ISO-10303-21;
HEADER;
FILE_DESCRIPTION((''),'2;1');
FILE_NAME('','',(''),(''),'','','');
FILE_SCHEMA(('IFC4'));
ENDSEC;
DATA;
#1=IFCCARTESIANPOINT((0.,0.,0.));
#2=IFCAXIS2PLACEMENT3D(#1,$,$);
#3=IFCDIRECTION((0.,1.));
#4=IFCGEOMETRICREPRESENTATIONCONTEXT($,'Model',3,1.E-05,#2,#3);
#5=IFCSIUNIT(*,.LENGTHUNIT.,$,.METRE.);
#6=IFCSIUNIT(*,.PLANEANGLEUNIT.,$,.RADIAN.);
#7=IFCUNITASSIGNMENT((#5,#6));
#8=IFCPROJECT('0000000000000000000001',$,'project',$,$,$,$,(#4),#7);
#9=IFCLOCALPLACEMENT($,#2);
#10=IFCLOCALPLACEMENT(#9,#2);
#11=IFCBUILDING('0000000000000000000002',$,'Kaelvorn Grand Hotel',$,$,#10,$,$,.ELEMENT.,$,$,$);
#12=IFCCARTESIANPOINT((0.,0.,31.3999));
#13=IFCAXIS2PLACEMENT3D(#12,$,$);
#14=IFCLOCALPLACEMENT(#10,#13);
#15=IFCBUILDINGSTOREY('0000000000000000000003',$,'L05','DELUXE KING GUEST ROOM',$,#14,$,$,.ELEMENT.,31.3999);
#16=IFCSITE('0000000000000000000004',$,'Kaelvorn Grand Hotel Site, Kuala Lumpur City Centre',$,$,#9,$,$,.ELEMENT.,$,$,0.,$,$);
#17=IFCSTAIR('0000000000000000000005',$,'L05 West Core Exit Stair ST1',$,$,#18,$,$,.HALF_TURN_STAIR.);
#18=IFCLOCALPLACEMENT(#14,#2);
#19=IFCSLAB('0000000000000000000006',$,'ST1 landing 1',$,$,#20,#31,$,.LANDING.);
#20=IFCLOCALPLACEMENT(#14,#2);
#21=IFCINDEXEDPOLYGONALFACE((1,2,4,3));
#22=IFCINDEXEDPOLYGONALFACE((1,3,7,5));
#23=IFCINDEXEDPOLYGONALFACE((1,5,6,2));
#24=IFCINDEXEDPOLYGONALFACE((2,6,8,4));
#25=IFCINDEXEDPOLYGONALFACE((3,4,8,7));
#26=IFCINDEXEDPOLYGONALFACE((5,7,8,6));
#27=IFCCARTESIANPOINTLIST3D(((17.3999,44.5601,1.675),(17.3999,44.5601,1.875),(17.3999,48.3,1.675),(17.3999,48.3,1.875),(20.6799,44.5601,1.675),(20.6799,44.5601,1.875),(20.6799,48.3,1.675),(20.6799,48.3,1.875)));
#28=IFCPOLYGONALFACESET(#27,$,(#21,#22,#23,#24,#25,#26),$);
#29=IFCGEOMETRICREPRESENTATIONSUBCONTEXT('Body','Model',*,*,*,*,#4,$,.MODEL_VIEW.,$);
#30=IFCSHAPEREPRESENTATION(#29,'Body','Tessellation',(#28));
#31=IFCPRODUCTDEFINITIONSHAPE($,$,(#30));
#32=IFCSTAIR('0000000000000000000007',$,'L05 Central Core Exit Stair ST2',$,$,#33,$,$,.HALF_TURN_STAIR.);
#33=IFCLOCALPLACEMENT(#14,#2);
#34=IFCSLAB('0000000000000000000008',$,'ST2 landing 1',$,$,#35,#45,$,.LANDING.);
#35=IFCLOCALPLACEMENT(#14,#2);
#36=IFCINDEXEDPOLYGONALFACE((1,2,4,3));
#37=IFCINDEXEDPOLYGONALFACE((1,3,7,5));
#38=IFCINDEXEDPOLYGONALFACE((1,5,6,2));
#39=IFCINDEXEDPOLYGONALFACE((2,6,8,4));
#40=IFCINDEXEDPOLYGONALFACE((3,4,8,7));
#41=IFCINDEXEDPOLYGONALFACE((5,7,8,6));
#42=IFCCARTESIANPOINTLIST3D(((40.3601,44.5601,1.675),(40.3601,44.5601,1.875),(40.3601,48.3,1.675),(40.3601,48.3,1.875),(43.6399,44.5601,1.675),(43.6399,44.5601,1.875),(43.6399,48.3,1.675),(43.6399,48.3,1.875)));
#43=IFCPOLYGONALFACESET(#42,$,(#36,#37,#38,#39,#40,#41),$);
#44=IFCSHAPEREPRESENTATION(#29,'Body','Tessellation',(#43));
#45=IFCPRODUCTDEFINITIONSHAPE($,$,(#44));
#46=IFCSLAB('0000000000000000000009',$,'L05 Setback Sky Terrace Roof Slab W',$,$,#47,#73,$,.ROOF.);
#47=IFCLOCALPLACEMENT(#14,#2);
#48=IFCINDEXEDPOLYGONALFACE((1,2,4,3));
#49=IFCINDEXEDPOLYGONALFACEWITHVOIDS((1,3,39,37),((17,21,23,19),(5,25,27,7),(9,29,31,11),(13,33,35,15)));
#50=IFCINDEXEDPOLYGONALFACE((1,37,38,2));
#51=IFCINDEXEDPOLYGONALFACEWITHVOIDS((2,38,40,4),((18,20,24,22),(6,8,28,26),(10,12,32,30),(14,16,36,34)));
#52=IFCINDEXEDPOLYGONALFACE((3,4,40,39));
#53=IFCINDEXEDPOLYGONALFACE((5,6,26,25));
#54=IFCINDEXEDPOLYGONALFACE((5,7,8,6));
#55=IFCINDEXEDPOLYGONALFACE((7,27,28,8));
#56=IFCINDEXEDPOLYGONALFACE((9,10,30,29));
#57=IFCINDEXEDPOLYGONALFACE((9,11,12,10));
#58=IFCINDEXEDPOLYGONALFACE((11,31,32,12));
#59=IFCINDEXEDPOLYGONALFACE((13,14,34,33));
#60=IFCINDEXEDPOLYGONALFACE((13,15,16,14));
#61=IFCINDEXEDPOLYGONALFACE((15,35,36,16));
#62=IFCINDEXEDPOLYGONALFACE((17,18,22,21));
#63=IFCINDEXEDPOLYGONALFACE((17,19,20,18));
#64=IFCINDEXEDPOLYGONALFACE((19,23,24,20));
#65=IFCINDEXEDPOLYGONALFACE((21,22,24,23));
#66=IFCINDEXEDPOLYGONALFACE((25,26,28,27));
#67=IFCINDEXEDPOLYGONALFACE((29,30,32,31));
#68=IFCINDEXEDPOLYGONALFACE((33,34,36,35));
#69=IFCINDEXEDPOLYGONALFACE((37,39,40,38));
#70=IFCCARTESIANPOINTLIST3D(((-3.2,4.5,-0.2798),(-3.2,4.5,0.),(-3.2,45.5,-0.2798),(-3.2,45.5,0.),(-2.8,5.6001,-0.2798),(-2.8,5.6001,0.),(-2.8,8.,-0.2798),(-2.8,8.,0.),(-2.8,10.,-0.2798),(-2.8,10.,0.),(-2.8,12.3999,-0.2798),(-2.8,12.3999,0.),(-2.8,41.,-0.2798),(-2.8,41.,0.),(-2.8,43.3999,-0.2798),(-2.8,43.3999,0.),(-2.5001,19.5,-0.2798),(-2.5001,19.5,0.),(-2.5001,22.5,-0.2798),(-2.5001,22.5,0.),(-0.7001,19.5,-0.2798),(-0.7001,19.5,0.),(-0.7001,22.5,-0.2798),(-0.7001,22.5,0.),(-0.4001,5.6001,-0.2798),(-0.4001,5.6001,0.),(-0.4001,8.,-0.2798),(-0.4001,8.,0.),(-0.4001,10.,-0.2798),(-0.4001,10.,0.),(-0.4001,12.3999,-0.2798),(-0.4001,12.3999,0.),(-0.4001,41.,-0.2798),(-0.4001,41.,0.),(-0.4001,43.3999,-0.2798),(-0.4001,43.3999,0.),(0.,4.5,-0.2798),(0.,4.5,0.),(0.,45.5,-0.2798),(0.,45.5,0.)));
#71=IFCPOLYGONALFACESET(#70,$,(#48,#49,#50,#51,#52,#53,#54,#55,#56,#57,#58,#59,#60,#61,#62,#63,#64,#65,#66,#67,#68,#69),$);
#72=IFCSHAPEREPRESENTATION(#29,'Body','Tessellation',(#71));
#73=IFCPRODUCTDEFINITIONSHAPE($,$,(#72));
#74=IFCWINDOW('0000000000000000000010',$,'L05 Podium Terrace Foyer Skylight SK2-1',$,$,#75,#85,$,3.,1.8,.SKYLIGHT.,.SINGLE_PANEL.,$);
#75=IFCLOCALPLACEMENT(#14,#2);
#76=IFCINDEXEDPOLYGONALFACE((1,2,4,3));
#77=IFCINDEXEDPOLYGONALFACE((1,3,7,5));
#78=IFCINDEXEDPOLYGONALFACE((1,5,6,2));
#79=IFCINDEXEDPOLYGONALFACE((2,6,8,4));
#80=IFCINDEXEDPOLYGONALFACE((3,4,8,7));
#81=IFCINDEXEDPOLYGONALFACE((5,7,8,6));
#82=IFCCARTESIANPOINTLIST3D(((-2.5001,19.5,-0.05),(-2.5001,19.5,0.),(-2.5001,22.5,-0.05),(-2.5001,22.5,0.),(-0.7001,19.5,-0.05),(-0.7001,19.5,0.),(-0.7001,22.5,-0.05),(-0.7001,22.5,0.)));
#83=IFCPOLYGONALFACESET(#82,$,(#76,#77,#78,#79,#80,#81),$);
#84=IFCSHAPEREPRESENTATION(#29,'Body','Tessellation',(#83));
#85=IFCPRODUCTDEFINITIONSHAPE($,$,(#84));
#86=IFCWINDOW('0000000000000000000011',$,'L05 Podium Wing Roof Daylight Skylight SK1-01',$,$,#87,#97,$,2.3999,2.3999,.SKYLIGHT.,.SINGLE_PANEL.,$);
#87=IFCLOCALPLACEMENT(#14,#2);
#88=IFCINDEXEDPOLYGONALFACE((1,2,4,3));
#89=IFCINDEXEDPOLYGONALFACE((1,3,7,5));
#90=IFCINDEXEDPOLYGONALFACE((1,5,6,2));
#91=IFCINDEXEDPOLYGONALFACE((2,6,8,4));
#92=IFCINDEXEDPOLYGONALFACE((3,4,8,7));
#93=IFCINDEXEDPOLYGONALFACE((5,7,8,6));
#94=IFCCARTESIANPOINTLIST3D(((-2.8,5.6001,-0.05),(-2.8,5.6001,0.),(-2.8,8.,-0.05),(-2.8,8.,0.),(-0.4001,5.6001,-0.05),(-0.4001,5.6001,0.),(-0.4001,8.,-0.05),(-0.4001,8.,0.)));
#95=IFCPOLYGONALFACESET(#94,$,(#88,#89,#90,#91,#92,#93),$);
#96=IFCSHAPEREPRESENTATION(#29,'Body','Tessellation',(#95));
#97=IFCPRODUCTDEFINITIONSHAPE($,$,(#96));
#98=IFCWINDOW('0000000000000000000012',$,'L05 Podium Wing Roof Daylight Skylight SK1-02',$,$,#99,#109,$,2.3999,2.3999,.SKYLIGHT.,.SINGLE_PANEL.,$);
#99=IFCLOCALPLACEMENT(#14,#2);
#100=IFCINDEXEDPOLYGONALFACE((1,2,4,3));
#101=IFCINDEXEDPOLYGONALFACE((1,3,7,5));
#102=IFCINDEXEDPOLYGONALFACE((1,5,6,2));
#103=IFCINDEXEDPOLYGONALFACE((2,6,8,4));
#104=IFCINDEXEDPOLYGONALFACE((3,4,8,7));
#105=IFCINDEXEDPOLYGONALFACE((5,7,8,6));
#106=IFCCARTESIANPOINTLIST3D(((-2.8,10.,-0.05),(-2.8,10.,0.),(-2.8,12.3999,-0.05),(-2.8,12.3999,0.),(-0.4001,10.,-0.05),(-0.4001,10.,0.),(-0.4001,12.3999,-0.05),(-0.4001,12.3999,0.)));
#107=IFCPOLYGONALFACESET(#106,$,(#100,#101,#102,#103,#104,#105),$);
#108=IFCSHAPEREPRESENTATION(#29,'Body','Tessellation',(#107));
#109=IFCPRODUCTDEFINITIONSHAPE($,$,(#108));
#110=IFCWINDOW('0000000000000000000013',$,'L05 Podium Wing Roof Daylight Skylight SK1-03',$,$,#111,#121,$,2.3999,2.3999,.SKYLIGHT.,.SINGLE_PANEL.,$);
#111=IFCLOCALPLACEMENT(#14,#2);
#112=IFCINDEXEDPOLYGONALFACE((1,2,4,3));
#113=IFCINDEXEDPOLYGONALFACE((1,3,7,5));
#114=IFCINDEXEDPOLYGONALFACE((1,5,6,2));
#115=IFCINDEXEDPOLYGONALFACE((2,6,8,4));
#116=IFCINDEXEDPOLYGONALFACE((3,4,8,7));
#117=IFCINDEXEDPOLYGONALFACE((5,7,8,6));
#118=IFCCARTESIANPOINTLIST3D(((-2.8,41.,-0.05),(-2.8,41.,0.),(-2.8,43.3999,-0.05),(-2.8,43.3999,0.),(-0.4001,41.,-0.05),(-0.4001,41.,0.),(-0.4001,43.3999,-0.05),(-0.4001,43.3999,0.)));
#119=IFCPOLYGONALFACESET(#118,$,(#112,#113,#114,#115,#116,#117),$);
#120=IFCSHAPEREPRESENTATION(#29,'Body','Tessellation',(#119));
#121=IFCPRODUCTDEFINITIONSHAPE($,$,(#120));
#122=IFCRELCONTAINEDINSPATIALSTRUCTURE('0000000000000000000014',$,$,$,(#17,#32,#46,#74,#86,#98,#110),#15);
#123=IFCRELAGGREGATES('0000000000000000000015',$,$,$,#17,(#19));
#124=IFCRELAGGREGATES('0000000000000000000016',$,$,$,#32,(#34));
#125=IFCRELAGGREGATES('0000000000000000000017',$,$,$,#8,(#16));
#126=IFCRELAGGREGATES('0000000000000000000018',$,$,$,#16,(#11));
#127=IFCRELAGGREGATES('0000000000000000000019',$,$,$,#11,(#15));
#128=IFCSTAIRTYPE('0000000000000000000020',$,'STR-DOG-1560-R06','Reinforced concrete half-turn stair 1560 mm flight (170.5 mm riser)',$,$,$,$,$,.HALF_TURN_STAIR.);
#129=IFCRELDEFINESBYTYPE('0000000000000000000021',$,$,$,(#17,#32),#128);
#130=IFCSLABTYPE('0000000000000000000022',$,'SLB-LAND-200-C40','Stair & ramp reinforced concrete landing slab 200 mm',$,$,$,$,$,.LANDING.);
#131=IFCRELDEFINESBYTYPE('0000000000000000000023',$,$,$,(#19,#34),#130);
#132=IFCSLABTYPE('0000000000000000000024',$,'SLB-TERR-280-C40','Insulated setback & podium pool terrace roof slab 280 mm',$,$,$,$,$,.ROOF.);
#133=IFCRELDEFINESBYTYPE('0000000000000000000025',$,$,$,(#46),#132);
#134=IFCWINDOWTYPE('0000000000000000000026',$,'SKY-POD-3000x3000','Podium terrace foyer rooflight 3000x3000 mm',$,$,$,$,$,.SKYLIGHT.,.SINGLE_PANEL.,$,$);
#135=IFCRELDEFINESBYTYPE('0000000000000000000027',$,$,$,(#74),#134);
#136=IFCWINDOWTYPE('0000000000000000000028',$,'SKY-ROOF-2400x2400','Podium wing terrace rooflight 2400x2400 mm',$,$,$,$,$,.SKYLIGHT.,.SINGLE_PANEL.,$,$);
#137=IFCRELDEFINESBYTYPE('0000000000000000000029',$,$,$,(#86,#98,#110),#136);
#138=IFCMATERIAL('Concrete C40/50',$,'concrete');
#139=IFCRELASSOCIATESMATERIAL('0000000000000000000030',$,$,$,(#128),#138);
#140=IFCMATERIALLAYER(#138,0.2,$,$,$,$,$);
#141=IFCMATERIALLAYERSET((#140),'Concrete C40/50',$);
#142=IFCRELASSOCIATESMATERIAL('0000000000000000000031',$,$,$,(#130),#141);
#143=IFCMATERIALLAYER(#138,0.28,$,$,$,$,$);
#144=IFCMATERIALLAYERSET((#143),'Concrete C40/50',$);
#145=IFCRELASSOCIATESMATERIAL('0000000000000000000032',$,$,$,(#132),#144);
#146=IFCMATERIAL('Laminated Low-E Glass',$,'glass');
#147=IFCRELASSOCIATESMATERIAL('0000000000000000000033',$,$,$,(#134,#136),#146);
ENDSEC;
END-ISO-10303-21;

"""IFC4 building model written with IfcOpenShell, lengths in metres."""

from ifc_helpers import new_model, si_unit, direction, frame, origin, origin_2d, place, context, subcontext, project, spatial, polyline, rectangle, outline, extrude, material, layer, layer_set, type_object, element, fill, aggregate, save


model = new_model("IFC4")

# Units and contexts
model_context = context("Model", 3, precision=1e-05, world=origin(), true_north=direction((0.0, 1.0)))
body_context = subcontext(model_context, "Body", "Model", "MODEL_VIEW")
ifc_project = project(units=[si_unit("LENGTHUNIT", "METRE"), si_unit("PLANEANGLEUNIT", "RADIAN")], contexts=[model_context])

# Site, building, storey
site_placement = place(None, origin())
site = spatial("IfcSite", under=ifc_project, at=site_placement, Name="Kaelvorn Grand Hotel Site, Kuala Lumpur City Centre", CompositionType="ELEMENT", RefElevation=0.0)
building_placement = place(site_placement, origin())
building = spatial("IfcBuilding", under=site, at=building_placement, Name="Kaelvorn Grand Hotel", CompositionType="ELEMENT")
storey_placement = place(building_placement, frame((0.0, 0.0, 31.3999)))
storey = spatial("IfcBuildingStorey", under=building, at=storey_placement, Name="L05", Description="DELUXE KING GUEST ROOM", CompositionType="ELEMENT", Elevation=31.3999)

# Shared definitions
ifc_material_1 = material(Name="Concrete C40/50", Category="concrete")

# Stairs, slabs
stair_type = type_object("IfcStairType", Name="STR-DOG-1560-R06", Description="Reinforced concrete half-turn stair 1560 mm flight (170.5 mm riser)", PredefinedType="HALF_TURN_STAIR", material=ifc_material_1)
stair_1_placement = place(storey_placement, origin())
stair_1 = element("IfcStair", 1, at=stair_1_placement, inside=storey, type_object=stair_type, Name="L05 West Core Exit Stair ST1", PredefinedType="HALF_TURN_STAIR")
ifc_layer_1 = layer(ifc_material_1, 0.2)
ifc_layer_set_1 = layer_set([ifc_layer_1], Name="Concrete C40/50")
slab_type_1 = type_object("IfcSlabType", Name="SLB-LAND-200-C40", Description="Stair & ramp reinforced concrete landing slab 200 mm", PredefinedType="LANDING", material=ifc_layer_set_1)
slab_1_placement = place(storey_placement, frame((0.0, 0.0, 1.675)))
slab_1 = element("IfcSlab", 2, at=slab_1_placement, type_object=slab_type_1, Name="ST1 landing 1", PredefinedType="LANDING", context=body_context, shape_type="SweptSolid", body=[
    extrude(outline(polyline([(20.6799, 44.5601), (20.6799, 48.3), (17.3999, 48.3), (17.3999, 44.5601), (20.6799, 44.5601)])), origin(), (0.0, 0.0, 1.0), 0.2),
])
aggregate(stair_1, [slab_1])
stair_2_placement = place(storey_placement, origin())
stair_2 = element("IfcStair", 3, at=stair_2_placement, inside=storey, type_object=stair_type, Name="L05 Central Core Exit Stair ST2", PredefinedType="HALF_TURN_STAIR")
slab_2_placement = place(storey_placement, frame((0.0, 0.0, 1.675)))
slab_2 = element("IfcSlab", 4, at=slab_2_placement, type_object=slab_type_1, Name="ST2 landing 1", PredefinedType="LANDING", context=body_context, shape_type="SweptSolid", body=[
    extrude(outline(polyline([(43.6399, 44.5601), (43.6399, 48.3), (40.3601, 48.3), (40.3601, 44.5601), (43.6399, 44.5601)])), origin(), (0.0, 0.0, 1.0), 0.2),
])
aggregate(stair_2, [slab_2])

# Slab, openings, windows
ifc_layer_2 = layer(ifc_material_1, 0.28)
ifc_layer_set_2 = layer_set([ifc_layer_2], Name="Concrete C40/50")
slab_type_2 = type_object("IfcSlabType", Name="SLB-TERR-280-C40", Description="Insulated setback & podium pool terrace roof slab 280 mm", PredefinedType="ROOF", material=ifc_layer_set_2)
slab_3_placement = place(storey_placement, frame((0.0, 0.0, -0.2798)))
slab_3 = element("IfcSlab", 5, at=slab_3_placement, inside=storey, type_object=slab_type_2, Name="L05 Setback Sky Terrace Roof Slab W", PredefinedType="ROOF", context=body_context, shape_type="SweptSolid", body=[
    extrude(outline(polyline([(-3.2, 4.5), (0.0, 4.5), (0.0, 45.5), (-3.2, 45.5), (-3.2, 4.5)])), origin(), (0.0, 0.0, 1.0), 0.2798),
])
opening_1_placement = place(slab_3_placement, frame((-1.6001, 21.0, -0.01)))
opening_1 = element("IfcOpeningElement", 6, at=opening_1_placement, cuts=slab_3, PredefinedType="OPENING", context=body_context, shape_type="SweptSolid", body=[
    extrude(rectangle(XDim=1.8, YDim=3.0, at=origin_2d()), origin(), (0.0, 0.0, 1.0), 0.2998),
])
opening_2_placement = place(slab_3_placement, frame((-1.6001, 6.8, -0.01)))
opening_2 = element("IfcOpeningElement", 7, at=opening_2_placement, cuts=slab_3, PredefinedType="OPENING", context=body_context, shape_type="SweptSolid", body=[
    extrude(rectangle(XDim=2.3999, YDim=2.3999, at=origin_2d()), origin(), (0.0, 0.0, 1.0), 0.2998),
])
opening_3_placement = place(slab_3_placement, frame((-1.6001, 11.2, -0.01)))
opening_3 = element("IfcOpeningElement", 8, at=opening_3_placement, cuts=slab_3, PredefinedType="OPENING", context=body_context, shape_type="SweptSolid", body=[
    extrude(rectangle(XDim=2.3999, YDim=2.3999, at=origin_2d()), origin(), (0.0, 0.0, 1.0), 0.2998),
])
opening_4_placement = place(slab_3_placement, frame((-1.6001, 42.2, -0.01)))
opening_4 = element("IfcOpeningElement", 9, at=opening_4_placement, cuts=slab_3, PredefinedType="OPENING", context=body_context, shape_type="SweptSolid", body=[
    extrude(rectangle(XDim=2.3999, YDim=2.3999, at=origin_2d()), origin(), (0.0, 0.0, 1.0), 0.2998),
])
ifc_material_2 = material(Name="Laminated Low-E Glass", Category="glass")
window_type_1 = type_object("IfcWindowType", Name="SKY-POD-3000x3000", Description="Podium terrace foyer rooflight 3000x3000 mm", PartitioningType="SINGLE_PANEL", PredefinedType="SKYLIGHT", material=ifc_material_2)
window_1_placement = place(slab_3_placement, frame((-1.6001, 21.0, 0.2297)))
window_1 = element("IfcWindow", 10, at=window_1_placement, inside=storey, type_object=window_type_1, Name="L05 Podium Terrace Foyer Skylight SK2-1", OverallHeight=3.0, OverallWidth=1.8, PartitioningType="SINGLE_PANEL", PredefinedType="SKYLIGHT", context=body_context, shape_type="SweptSolid", body=[
    extrude(rectangle(XDim=1.8, YDim=3.0, at=origin_2d()), origin(), (0.0, 0.0, 1.0), 0.05),
])
fill(opening_1, window_1)
window_type_2 = type_object("IfcWindowType", Name="SKY-ROOF-2400x2400", Description="Podium wing terrace rooflight 2400x2400 mm", PartitioningType="SINGLE_PANEL", PredefinedType="SKYLIGHT", material=ifc_material_2)
window_2_placement = place(slab_3_placement, frame((-1.6001, 6.8, 0.2297)))
window_2 = element("IfcWindow", 11, at=window_2_placement, inside=storey, type_object=window_type_2, Name="L05 Podium Wing Roof Daylight Skylight SK1-01", OverallHeight=2.3999, OverallWidth=2.3999, PartitioningType="SINGLE_PANEL", PredefinedType="SKYLIGHT", context=body_context, shape_type="SweptSolid", body=[
    extrude(rectangle(XDim=2.3999, YDim=2.3999, at=origin_2d()), origin(), (0.0, 0.0, 1.0), 0.05),
])
fill(opening_2, window_2)
window_3_placement = place(slab_3_placement, frame((-1.6001, 11.2, 0.2297)))
window_3 = element("IfcWindow", 12, at=window_3_placement, inside=storey, type_object=window_type_2, Name="L05 Podium Wing Roof Daylight Skylight SK1-02", OverallHeight=2.3999, OverallWidth=2.3999, PartitioningType="SINGLE_PANEL", PredefinedType="SKYLIGHT", context=body_context, shape_type="SweptSolid", body=[
    extrude(rectangle(XDim=2.3999, YDim=2.3999, at=origin_2d()), origin(), (0.0, 0.0, 1.0), 0.05),
])
fill(opening_3, window_3)
window_4_placement = place(slab_3_placement, frame((-1.6001, 42.2, 0.2297)))
window_4 = element("IfcWindow", 13, at=window_4_placement, inside=storey, type_object=window_type_2, Name="L05 Podium Wing Roof Daylight Skylight SK1-03", OverallHeight=2.3999, OverallWidth=2.3999, PartitioningType="SINGLE_PANEL", PredefinedType="SKYLIGHT", context=body_context, shape_type="SweptSolid", body=[
    extrude(rectangle(XDim=2.3999, YDim=2.3999, at=origin_2d()), origin(), (0.0, 0.0, 1.0), 0.05),
])
fill(opening_4, window_4)

save(model, "model.ifc")
